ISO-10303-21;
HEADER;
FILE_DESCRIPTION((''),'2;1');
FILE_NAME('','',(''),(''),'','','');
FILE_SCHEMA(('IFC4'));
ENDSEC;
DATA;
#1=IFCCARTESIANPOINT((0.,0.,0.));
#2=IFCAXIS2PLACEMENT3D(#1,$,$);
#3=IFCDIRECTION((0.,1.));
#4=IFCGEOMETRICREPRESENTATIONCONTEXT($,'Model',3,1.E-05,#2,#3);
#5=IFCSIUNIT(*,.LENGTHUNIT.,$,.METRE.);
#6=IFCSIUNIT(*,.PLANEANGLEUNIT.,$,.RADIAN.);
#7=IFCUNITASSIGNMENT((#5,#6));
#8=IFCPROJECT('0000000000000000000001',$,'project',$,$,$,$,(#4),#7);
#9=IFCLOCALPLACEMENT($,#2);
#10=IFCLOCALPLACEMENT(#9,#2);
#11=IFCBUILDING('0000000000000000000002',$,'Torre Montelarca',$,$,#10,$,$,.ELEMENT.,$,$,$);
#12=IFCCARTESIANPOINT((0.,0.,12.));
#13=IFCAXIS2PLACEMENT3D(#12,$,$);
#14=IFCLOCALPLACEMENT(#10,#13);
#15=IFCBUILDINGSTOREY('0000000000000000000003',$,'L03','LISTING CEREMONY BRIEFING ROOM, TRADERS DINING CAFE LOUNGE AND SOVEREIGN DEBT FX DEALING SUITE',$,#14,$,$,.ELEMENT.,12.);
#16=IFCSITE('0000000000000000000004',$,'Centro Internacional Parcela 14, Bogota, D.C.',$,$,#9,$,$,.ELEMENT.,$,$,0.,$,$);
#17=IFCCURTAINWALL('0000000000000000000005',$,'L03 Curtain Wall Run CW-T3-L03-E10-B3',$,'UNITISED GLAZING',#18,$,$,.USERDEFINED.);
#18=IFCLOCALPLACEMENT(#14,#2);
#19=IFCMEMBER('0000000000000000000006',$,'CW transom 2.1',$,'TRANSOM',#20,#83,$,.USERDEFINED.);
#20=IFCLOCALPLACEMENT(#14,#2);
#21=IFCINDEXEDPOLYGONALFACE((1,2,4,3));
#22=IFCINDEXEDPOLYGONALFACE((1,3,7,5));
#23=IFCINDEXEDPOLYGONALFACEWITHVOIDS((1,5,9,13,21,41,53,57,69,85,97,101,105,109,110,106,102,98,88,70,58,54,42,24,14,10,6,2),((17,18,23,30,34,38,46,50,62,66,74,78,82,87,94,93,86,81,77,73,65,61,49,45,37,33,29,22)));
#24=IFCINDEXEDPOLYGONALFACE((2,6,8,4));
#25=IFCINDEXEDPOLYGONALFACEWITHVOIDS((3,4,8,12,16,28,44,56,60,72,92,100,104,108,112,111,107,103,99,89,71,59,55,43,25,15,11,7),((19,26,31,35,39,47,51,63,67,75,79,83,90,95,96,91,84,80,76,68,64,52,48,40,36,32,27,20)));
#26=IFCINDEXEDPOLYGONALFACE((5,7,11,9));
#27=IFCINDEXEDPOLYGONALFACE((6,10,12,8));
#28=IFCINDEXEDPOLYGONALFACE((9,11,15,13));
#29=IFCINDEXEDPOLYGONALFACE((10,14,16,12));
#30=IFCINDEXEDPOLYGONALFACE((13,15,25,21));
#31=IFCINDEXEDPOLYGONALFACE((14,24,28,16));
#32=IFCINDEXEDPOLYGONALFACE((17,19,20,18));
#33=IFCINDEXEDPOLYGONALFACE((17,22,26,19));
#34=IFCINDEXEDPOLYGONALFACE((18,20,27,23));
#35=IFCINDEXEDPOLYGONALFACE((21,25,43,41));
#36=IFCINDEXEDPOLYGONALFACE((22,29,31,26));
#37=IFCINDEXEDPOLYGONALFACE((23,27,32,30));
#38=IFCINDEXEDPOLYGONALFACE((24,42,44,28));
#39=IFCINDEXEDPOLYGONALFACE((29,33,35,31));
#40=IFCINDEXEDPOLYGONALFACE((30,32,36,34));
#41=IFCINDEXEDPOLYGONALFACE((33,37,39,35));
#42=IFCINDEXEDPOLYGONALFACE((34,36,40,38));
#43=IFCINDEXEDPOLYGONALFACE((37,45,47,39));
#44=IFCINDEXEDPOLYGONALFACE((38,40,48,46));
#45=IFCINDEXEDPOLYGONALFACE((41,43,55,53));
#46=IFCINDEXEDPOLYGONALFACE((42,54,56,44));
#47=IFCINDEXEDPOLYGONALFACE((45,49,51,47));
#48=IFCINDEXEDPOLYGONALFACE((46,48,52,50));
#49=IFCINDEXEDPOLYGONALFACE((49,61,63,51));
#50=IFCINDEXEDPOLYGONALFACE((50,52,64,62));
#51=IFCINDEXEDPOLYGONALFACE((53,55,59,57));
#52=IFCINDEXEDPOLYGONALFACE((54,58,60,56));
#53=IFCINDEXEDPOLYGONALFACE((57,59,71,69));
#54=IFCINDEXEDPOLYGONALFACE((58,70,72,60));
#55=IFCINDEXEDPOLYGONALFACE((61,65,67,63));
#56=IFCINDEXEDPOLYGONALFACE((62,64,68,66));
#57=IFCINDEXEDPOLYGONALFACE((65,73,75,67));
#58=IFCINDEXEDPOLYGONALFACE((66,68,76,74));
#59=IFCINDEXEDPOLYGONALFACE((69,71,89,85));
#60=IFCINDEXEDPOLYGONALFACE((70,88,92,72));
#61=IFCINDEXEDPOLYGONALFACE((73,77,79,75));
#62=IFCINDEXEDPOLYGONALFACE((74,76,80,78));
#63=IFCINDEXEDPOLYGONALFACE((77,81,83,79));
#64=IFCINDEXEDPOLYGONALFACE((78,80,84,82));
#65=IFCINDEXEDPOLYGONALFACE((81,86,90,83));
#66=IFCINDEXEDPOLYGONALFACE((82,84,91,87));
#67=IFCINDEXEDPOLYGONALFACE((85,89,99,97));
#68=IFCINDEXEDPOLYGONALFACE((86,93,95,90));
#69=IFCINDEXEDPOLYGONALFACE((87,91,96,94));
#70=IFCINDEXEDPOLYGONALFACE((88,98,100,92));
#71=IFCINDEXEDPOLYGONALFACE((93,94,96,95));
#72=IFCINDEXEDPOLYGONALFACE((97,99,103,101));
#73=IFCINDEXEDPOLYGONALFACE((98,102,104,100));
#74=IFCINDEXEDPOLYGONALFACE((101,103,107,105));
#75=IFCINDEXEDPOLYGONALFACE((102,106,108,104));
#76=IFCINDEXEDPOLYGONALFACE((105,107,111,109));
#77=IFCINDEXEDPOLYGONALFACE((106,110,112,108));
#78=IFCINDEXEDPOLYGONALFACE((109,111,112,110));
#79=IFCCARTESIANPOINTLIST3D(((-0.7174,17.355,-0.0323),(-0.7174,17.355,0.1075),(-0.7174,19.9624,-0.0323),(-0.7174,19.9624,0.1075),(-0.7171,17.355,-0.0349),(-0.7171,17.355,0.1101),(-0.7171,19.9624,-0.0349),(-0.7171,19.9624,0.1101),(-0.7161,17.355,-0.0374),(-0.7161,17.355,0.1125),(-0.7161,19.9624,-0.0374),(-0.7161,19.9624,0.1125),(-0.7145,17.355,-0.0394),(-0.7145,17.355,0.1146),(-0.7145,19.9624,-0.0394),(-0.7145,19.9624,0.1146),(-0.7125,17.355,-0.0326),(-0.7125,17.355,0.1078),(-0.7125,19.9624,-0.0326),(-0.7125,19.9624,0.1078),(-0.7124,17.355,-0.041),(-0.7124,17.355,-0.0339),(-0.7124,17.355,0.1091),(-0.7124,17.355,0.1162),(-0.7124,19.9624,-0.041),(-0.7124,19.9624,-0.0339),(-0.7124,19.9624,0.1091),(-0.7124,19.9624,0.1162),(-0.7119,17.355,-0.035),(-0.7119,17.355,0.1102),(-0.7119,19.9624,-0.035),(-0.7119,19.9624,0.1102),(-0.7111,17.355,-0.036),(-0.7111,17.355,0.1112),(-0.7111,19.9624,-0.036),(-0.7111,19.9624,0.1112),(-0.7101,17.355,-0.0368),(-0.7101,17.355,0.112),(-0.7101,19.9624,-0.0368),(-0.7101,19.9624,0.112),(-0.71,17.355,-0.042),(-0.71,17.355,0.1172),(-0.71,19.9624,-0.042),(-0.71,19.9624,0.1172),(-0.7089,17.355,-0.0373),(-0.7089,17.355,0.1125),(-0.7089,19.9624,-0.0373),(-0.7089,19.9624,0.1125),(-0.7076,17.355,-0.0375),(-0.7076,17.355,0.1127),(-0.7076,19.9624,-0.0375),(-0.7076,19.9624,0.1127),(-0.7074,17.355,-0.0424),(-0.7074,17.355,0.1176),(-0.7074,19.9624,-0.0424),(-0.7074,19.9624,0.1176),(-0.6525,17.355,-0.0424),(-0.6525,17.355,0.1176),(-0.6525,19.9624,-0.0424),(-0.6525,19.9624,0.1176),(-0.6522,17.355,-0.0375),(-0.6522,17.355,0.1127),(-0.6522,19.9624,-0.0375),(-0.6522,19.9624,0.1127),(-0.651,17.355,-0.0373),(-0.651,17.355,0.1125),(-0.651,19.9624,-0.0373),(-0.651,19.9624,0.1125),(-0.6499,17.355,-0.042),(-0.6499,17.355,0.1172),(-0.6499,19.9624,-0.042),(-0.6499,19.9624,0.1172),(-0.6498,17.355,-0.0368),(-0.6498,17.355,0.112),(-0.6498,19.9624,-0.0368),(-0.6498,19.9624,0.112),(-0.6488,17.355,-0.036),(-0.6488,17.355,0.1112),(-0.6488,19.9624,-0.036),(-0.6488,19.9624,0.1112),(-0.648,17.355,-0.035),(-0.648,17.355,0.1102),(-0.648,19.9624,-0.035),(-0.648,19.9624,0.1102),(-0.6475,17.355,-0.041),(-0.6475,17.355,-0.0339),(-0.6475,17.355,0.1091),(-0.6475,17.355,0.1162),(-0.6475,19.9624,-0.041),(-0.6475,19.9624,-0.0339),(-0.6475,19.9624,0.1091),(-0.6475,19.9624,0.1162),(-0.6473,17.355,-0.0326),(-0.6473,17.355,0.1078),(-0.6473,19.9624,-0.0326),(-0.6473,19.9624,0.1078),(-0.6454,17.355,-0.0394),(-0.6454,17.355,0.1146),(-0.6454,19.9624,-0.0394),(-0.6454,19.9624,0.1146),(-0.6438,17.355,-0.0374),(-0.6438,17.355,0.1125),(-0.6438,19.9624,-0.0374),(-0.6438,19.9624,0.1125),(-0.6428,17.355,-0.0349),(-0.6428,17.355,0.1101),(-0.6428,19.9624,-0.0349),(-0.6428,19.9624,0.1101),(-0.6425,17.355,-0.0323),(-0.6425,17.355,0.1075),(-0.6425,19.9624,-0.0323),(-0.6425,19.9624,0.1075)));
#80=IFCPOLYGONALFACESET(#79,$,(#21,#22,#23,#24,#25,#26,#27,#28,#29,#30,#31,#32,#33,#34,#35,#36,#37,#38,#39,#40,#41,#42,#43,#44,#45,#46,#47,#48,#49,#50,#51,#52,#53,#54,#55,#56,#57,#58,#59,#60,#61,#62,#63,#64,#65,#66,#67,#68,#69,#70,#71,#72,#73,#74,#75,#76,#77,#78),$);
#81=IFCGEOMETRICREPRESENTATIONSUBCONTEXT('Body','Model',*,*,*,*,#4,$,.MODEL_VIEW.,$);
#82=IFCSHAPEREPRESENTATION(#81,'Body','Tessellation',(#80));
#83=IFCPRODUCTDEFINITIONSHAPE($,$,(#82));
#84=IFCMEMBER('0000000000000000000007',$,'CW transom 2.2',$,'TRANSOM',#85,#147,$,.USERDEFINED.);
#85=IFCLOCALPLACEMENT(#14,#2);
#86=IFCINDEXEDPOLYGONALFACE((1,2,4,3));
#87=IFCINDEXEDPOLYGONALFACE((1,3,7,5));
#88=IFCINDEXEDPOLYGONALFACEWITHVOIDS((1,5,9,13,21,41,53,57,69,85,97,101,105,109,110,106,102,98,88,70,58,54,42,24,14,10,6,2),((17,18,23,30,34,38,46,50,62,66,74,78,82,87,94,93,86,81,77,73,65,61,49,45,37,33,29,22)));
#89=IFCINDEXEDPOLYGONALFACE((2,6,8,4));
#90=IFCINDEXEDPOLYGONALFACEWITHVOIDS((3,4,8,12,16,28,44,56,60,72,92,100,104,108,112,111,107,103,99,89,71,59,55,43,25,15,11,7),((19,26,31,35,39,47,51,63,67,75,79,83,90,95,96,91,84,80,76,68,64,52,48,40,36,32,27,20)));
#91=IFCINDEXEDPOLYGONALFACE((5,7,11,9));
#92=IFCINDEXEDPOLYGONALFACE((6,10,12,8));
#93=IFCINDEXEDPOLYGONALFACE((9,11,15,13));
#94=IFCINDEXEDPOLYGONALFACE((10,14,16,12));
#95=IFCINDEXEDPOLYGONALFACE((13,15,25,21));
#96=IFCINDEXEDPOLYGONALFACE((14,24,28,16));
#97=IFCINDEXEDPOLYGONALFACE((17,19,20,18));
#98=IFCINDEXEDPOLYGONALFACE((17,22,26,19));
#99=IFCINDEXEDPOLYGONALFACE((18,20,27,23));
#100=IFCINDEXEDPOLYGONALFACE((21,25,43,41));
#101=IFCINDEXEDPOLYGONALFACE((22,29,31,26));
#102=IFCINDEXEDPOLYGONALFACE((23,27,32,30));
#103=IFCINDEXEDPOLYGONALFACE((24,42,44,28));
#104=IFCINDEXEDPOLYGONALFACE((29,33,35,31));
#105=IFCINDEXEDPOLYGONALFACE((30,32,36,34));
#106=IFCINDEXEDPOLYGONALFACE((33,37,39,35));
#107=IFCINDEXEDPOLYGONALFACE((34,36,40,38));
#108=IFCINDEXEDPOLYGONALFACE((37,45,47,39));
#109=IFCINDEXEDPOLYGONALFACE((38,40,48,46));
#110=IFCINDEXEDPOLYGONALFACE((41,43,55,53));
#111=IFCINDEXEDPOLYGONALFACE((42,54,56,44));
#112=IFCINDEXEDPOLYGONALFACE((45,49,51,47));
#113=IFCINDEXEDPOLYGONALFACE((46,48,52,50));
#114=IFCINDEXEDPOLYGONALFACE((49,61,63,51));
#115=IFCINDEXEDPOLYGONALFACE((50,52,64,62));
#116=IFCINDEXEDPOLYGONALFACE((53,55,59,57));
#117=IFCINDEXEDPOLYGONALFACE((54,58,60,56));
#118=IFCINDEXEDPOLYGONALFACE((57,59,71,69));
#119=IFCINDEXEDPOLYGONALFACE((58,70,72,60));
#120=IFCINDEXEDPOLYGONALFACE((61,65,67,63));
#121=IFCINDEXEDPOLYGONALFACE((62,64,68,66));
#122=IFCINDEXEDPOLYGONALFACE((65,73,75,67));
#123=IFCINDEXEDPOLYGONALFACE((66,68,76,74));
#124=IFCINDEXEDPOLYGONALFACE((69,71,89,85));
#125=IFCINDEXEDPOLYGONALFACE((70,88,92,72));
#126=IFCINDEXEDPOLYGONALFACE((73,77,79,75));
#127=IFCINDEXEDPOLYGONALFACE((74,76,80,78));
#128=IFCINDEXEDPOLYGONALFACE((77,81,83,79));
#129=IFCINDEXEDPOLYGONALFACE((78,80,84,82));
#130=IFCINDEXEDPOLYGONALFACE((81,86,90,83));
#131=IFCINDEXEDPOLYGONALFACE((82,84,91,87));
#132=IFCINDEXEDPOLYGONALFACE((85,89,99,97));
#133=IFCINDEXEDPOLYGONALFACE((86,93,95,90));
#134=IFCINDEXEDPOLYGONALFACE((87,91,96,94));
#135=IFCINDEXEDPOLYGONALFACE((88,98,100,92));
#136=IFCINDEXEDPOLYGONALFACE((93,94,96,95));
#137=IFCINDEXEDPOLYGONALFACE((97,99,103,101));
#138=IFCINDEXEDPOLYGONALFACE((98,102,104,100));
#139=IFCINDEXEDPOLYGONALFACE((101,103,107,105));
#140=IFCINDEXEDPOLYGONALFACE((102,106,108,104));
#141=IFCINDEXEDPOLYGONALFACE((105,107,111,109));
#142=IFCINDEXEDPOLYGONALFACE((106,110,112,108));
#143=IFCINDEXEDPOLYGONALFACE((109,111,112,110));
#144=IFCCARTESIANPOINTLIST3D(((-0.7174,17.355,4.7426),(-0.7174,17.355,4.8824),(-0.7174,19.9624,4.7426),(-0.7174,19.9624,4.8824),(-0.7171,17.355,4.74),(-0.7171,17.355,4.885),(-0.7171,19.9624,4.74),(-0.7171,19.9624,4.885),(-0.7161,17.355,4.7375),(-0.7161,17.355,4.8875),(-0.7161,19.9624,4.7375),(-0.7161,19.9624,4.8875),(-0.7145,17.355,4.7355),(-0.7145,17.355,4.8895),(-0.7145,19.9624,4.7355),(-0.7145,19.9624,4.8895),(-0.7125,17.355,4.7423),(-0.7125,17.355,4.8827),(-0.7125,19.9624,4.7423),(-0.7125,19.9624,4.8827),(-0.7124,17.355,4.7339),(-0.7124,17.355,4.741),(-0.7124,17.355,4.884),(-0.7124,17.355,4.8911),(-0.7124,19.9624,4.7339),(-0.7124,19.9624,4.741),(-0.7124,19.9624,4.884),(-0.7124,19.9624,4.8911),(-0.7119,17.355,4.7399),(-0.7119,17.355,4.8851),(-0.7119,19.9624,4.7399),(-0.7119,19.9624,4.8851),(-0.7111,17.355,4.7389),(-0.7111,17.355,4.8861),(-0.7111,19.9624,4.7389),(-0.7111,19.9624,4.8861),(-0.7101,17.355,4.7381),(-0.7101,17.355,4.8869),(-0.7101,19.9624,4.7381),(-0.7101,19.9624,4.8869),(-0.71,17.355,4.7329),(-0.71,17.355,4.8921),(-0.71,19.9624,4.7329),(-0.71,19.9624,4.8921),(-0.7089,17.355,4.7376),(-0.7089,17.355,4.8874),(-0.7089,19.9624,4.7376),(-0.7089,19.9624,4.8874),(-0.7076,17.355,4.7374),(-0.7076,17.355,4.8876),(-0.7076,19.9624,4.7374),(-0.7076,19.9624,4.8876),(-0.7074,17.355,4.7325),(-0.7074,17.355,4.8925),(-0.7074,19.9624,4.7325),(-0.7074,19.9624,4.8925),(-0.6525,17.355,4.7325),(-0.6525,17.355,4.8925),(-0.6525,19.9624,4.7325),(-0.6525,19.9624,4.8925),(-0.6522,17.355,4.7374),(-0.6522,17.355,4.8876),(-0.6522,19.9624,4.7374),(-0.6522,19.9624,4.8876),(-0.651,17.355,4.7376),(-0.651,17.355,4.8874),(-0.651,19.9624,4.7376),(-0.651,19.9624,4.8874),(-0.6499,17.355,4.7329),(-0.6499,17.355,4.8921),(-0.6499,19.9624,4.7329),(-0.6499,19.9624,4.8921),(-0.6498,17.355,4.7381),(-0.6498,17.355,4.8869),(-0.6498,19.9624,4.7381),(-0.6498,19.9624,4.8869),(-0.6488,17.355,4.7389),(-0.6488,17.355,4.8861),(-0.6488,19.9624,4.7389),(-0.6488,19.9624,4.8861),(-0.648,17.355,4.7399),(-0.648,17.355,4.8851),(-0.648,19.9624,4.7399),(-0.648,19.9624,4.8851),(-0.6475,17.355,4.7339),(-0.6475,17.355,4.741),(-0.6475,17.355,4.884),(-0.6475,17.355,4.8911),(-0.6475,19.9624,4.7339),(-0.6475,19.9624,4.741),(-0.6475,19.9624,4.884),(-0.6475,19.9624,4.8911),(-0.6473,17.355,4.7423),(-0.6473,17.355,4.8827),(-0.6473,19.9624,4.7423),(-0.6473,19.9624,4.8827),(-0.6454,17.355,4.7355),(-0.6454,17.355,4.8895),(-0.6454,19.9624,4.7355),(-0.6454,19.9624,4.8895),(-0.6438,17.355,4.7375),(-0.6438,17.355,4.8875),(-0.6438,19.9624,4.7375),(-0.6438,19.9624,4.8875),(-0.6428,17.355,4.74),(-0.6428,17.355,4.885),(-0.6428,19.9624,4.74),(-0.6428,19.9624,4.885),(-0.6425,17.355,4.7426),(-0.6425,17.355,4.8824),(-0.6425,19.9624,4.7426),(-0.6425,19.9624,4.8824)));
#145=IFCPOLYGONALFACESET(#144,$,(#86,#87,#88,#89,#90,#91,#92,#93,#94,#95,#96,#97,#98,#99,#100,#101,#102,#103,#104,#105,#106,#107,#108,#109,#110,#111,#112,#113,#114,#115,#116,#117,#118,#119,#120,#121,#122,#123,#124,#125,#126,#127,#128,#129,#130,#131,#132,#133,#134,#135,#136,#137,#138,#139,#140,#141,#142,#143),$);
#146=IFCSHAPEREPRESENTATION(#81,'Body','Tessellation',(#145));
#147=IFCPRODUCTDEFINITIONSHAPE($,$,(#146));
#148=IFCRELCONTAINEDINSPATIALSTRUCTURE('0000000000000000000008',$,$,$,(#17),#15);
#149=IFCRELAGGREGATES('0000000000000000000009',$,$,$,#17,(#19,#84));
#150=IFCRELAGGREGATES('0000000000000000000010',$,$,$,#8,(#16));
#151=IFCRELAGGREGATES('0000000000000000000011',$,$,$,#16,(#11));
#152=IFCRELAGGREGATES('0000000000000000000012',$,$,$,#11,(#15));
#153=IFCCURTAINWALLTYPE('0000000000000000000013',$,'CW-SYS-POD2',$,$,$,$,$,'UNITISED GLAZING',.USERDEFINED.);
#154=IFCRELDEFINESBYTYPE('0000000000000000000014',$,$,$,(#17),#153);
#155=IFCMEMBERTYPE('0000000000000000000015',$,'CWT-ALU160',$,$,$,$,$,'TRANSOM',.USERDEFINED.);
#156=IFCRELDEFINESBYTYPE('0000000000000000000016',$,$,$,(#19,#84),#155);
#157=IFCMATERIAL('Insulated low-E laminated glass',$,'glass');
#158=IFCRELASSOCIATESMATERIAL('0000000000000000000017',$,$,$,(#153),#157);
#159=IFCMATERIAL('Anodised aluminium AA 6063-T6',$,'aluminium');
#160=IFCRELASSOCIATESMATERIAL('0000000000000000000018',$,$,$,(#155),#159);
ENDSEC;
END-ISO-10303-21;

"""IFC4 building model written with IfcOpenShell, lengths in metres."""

from ifc_helpers import new_model, si_unit, direction, frame, origin, origin_2d, place, context, subcontext, project, spatial, hollow_rectangle, extrude, source, transform, mapped, material, material_profile, profile_set, type_object, element, aggregate, save


model = new_model("IFC4")

# Units and contexts
model_context = context("Model", 3, precision=1e-05, world=origin(), true_north=direction((0.0, 1.0)))
body_context = subcontext(model_context, "Body", "Model", "MODEL_VIEW")
ifc_project = project(units=[si_unit("LENGTHUNIT", "METRE"), si_unit("PLANEANGLEUNIT", "RADIAN")], contexts=[model_context])

# Site, building, storey
site_placement = place(None, origin())
site = spatial("IfcSite", under=ifc_project, at=site_placement, Name="Centro Internacional Parcela 14, Bogota, D.C.", CompositionType="ELEMENT", RefElevation=0.0)
building_placement = place(site_placement, origin())
building = spatial("IfcBuilding", under=site, at=building_placement, Name="Torre Montelarca", CompositionType="ELEMENT")
storey_placement = place(building_placement, frame((0.0, 0.0, 12.0)))
storey = spatial("IfcBuildingStorey", under=building, at=storey_placement, Name="L03", Description="LISTING CEREMONY BRIEFING ROOM, TRADERS DINING CAFE LOUNGE AND SOVEREIGN DEBT FX DEALING SUITE", CompositionType="ELEMENT", Elevation=12.0)

# Curtain wall, members
ifc_material_1 = material(Name="Insulated low-E laminated glass", Category="glass")
curtain_wall_type = type_object("IfcCurtainWallType", Name="CW-SYS-POD2", ElementType="UNITISED GLAZING", PredefinedType="USERDEFINED", material=ifc_material_1)
curtain_wall_1_placement = place(storey_placement, origin())
curtain_wall_1 = element("IfcCurtainWall", 1, at=curtain_wall_1_placement, inside=storey, type_object=curtain_wall_type, Name="L03 Curtain Wall Run CW-T3-L03-E10-B3", ObjectType="UNITISED GLAZING", PredefinedType="USERDEFINED")
ifc_material_2 = material(Name="Anodised aluminium AA 6063-T6", Category="aluminium")
ifc_material_profile_1 = material_profile(ifc_material_2, hollow_rectangle(XDim=0.075, YDim=0.1599, WallThickness=0.0049, InnerFilletRadius=0.0049, OuterFilletRadius=0.01, at=origin_2d()), Name="ALU75X160X5", Category="aluminium")
ifc_profile_set_1 = profile_set([ifc_material_profile_1], Name="Anodised aluminium AA 6063-T6")
member_type_1 = type_object("IfcMemberType", Name="CWT-ALU160", ElementType="TRANSOM", PredefinedType="USERDEFINED", material=ifc_profile_set_1)
shared_shape_1 = source(origin(), body_context, "Body", "SweptSolid", [
    extrude(hollow_rectangle(XDim=0.075, YDim=0.1599, WallThickness=0.0049, InnerFilletRadius=0.0049, OuterFilletRadius=0.01, at=origin_2d()), origin(), (0.0, 0.0, 1.0), 2.6074),
])
member_1_placement = place(storey_placement, frame((-0.6799, 19.9624, 0.0376), z_axis=(0.0, -1.0, 0.0), x_axis=(1.0, 0.0, 0.0)))
member_1 = element("IfcMember", 2, at=member_1_placement, type_object=member_type_1, Name="CW transom 2.1", ObjectType="TRANSOM", PredefinedType="USERDEFINED", context=body_context, shape_type="MappedRepresentation", body=[
    mapped(shared_shape_1, transform((0.0, 0.0, 0.0), scale=1.0)),
])
member_2_placement = place(storey_placement, frame((-0.6799, 19.9624, 4.8125), z_axis=(0.0, -1.0, 0.0), x_axis=(1.0, 0.0, 0.0)))
member_2 = element("IfcMember", 3, at=member_2_placement, type_object=member_type_1, Name="CW transom 2.2", ObjectType="TRANSOM", PredefinedType="USERDEFINED", context=body_context, shape_type="MappedRepresentation", body=[
    mapped(shared_shape_1, transform((0.0, 0.0, 0.0), scale=1.0)),
])

aggregate(curtain_wall_1, [member_1, member_2])

save(model, "model.ifc")
